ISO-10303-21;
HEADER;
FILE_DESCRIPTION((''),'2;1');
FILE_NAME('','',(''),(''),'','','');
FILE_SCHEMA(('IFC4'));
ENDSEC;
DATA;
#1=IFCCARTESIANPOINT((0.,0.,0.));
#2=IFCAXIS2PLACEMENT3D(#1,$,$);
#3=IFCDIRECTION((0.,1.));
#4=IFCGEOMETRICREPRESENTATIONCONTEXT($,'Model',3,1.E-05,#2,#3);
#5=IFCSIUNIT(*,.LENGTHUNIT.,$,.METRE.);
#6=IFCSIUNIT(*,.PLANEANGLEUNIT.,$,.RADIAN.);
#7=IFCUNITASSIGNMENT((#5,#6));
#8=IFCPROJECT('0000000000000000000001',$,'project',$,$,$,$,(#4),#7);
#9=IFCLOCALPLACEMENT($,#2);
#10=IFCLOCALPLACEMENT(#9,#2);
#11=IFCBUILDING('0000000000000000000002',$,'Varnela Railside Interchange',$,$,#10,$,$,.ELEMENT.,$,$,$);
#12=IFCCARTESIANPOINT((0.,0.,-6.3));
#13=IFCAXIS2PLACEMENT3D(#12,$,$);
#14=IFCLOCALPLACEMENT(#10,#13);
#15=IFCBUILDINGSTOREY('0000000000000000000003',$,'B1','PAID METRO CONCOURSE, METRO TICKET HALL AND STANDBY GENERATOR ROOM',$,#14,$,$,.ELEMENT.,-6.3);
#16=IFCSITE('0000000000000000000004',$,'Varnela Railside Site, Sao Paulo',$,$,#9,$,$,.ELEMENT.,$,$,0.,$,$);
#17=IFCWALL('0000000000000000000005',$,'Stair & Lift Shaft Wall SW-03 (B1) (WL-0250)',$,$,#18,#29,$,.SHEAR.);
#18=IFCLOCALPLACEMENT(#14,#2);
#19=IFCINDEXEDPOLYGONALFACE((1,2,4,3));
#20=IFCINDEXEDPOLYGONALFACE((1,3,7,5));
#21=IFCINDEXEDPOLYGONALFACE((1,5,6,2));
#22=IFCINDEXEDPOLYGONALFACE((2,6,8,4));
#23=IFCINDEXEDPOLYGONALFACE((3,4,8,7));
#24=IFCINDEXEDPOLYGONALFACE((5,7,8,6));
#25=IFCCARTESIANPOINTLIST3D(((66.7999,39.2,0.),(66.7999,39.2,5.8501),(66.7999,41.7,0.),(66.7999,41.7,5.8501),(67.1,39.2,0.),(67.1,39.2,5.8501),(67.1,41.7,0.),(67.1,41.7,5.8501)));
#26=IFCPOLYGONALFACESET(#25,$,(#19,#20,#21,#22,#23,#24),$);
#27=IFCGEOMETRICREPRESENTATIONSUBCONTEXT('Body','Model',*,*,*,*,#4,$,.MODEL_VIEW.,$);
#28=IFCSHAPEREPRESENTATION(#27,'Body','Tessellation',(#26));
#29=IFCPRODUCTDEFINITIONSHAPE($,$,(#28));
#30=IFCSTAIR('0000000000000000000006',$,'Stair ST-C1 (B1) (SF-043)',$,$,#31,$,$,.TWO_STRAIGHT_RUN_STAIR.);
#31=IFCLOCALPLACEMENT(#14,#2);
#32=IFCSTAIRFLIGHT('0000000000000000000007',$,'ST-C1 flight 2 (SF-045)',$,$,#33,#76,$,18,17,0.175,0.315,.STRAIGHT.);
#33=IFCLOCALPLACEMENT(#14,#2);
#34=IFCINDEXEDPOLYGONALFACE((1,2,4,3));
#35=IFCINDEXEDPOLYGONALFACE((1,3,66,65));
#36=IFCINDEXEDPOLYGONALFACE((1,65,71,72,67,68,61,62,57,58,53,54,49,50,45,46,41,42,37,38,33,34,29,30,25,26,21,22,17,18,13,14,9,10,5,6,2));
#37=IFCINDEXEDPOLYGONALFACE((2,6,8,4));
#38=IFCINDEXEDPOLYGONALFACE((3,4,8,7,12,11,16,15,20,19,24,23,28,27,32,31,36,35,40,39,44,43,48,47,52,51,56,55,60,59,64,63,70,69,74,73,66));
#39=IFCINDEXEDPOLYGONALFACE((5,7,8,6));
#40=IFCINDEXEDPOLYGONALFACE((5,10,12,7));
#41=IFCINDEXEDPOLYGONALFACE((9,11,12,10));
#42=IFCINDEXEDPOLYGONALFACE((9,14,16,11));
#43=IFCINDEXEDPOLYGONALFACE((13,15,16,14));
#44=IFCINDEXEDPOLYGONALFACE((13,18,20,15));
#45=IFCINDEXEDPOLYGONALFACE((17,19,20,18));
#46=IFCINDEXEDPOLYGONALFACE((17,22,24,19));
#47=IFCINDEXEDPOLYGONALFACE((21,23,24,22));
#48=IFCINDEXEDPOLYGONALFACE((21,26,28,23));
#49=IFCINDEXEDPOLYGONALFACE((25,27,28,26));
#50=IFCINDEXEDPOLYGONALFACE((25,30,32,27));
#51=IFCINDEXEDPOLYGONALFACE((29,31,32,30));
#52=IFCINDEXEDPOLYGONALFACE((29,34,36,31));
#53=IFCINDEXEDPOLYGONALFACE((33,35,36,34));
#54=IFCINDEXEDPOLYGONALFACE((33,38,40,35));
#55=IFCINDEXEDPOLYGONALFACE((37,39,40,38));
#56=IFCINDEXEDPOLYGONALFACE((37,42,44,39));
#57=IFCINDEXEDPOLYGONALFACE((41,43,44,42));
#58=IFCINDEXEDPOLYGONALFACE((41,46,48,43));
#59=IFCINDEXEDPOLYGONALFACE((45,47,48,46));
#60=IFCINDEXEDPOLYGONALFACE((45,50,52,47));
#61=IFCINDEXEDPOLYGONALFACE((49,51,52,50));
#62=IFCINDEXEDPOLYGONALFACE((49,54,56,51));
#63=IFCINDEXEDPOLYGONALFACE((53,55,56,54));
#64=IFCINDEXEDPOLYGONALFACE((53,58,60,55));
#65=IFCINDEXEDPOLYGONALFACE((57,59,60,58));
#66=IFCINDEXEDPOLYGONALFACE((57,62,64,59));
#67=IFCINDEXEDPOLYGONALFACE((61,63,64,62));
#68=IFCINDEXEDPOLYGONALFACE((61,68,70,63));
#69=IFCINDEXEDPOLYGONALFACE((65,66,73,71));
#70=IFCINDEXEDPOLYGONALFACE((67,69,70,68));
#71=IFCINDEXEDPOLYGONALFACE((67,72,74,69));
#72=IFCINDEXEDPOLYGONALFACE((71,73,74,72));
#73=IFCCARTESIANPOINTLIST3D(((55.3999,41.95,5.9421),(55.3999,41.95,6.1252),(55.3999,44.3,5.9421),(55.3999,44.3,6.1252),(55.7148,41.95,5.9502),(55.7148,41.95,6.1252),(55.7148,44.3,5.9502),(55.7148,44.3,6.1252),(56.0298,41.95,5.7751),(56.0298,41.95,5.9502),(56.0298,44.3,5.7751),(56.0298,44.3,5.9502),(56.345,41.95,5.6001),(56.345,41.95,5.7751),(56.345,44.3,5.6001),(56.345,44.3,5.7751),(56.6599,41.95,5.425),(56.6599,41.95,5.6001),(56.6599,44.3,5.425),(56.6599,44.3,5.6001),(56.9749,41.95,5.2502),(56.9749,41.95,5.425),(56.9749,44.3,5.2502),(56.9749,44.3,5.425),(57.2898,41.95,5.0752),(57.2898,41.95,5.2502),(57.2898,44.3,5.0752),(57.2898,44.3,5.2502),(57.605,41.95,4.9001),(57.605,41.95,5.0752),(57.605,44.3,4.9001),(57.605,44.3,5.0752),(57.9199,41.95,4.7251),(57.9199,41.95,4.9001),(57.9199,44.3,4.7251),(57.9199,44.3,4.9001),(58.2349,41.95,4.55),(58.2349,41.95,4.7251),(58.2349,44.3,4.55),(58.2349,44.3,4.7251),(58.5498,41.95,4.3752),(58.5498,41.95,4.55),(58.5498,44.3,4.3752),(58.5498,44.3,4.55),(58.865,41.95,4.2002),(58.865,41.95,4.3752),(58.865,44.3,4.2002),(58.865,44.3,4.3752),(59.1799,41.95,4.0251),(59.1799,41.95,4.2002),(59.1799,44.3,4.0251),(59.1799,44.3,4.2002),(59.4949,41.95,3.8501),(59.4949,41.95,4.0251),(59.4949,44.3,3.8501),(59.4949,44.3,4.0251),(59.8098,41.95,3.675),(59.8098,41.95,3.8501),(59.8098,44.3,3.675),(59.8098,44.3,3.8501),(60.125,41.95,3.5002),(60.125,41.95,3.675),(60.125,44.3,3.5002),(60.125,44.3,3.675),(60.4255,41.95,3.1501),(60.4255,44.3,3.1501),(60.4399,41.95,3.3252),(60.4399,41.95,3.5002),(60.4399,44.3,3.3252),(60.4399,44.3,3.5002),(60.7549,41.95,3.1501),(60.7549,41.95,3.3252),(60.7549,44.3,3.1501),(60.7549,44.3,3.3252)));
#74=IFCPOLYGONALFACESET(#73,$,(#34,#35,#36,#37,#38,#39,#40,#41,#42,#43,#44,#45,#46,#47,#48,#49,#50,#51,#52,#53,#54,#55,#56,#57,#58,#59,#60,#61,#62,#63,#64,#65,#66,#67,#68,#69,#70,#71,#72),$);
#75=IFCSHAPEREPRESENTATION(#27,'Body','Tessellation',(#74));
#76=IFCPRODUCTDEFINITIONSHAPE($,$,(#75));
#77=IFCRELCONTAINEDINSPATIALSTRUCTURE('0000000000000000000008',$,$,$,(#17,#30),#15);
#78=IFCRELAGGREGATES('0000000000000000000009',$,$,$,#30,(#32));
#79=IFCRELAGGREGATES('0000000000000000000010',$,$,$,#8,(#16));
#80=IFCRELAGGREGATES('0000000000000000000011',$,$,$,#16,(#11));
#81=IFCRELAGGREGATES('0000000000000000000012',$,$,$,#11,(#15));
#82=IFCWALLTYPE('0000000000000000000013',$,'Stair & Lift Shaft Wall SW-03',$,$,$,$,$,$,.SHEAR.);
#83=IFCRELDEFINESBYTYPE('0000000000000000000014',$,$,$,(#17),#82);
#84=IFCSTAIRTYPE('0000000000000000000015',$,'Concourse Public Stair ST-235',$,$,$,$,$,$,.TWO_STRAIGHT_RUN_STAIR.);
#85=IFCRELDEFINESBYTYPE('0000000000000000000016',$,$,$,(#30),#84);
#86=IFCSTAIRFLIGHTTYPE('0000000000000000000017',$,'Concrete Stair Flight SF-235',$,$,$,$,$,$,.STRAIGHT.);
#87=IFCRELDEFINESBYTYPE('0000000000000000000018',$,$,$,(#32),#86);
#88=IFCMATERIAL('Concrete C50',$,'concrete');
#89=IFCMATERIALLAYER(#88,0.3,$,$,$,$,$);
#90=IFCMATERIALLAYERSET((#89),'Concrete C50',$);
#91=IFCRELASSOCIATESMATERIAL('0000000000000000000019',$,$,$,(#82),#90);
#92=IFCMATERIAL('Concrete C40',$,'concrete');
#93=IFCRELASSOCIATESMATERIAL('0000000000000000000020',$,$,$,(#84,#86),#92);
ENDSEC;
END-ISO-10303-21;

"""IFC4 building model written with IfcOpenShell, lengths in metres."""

from ifc_helpers import new_model, si_unit, direction, frame, frame_2d, origin, place, context, subcontext, project, spatial, polyline, rectangle, outline, extrude, material, layer, layer_set, type_object, element, aggregate, save


model = new_model("IFC4")

# Units and contexts
model_context = context("Model", 3, precision=1e-05, world=origin(), true_north=direction((0.0, 1.0)))
body_context = subcontext(model_context, "Body", "Model", "MODEL_VIEW")
ifc_project = project(units=[si_unit("LENGTHUNIT", "METRE"), si_unit("PLANEANGLEUNIT", "RADIAN")], contexts=[model_context])

# Site, building, storey
site_placement = place(None, origin())
site = spatial("IfcSite", under=ifc_project, at=site_placement, Name="Varnela Railside Site, Sao Paulo", CompositionType="ELEMENT", RefElevation=0.0)
building_placement = place(site_placement, origin())
building = spatial("IfcBuilding", under=site, at=building_placement, Name="Varnela Railside Interchange", CompositionType="ELEMENT")
storey_placement = place(building_placement, frame((0.0, 0.0, -6.3)))
storey = spatial("IfcBuildingStorey", under=building, at=storey_placement, Name="B1", Description="PAID METRO CONCOURSE, METRO TICKET HALL AND STANDBY GENERATOR ROOM", CompositionType="ELEMENT", Elevation=-6.3)

# Shared definitions
ifc_material_1 = material(Name="Concrete C50", Category="concrete")

# Shared definitions
ifc_material_2 = material(Name="Concrete C40", Category="concrete")

# Shared definitions
ifc_layer = layer(ifc_material_1, 0.3)
ifc_layer_set = layer_set([ifc_layer], Name="Concrete C50")
wall_type = type_object("IfcWallType", Name="Stair & Lift Shaft Wall SW-03", PredefinedType="SHEAR", material=ifc_layer_set)

# Wall
for number, where, z_axis, x_axis, name in (
    (1, (66.95, 39.2, 0.0), (0.0, 0.0, 1.0), (0.0, 1.0, 0.0), "Stair & Lift Shaft Wall SW-03 (B1) (WL-0250)"),
):
    element("IfcWall", number, at=place(storey_placement, frame(where, z_axis=z_axis, x_axis=x_axis)), inside=storey, type_object=wall_type, Name=name, PredefinedType="SHEAR", context=body_context, shape_type="SweptSolid", body=[
        extrude(rectangle(XDim=2.5, YDim=0.3, at=frame_2d((1.25, 0.0))), origin(), (0.0, 0.0, 1.0), 5.8501),
    ])

# Stair, stair flight
stair_type = type_object("IfcStairType", Name="Concourse Public Stair ST-235", PredefinedType="TWO_STRAIGHT_RUN_STAIR", material=ifc_material_2)
stair_placement = place(storey_placement, origin())
stair = element("IfcStair", 2, at=stair_placement, inside=storey, type_object=stair_type, Name="Stair ST-C1 (B1) (SF-043)", PredefinedType="TWO_STRAIGHT_RUN_STAIR")
stair_flight_type = type_object("IfcStairFlightType", Name="Concrete Stair Flight SF-235", PredefinedType="STRAIGHT", material=ifc_material_2)
stair_flight_placement = place(storey_placement, frame((60.7549, 43.125, 3.1501), z_axis=(0.0, 0.0, 1.0), x_axis=(-1.0, 0.0, 0.0)))
stair_flight = element("IfcStairFlight", 3, at=stair_flight_placement, type_object=stair_flight_type, Name="ST-C1 flight 2 (SF-045)", NumberOfRisers=18, NumberOfTreads=17, PredefinedType="STRAIGHT", RiserHeight=0.175, TreadLength=0.315, context=body_context, shape_type="SweptSolid", body=[
    extrude(outline(polyline([(0.0, 0.0), (0.0, 0.175), (0.3149, 0.175), (0.3149, 0.3501), (0.6299, 0.3501), (0.6299, 0.5249), (0.9451, 0.5249), (0.9451, 0.7), (1.26, 0.7), (1.26, 0.875), (1.575, 0.875), (1.575, 1.05), (1.8899, 1.05), (1.8899, 1.2251), (2.2051, 1.2251), (2.2051, 1.3999), (2.52, 1.3999), (2.52, 1.575), (2.835, 1.575), (2.835, 1.75), (3.1499, 1.75), (3.1499, 1.925), (3.4651, 1.925), (3.4651, 2.1001), (3.78, 2.1001), (3.78, 2.2749), (4.095, 2.2749), (4.095, 2.45), (4.4099, 2.45), (4.4099, 2.625), (4.7251, 2.625), (4.7251, 2.8), (5.04, 2.8), (5.04, 2.9751), (5.355, 2.9751), (5.355, 3.1499), (5.355, 2.792), (0.3293, 0.0), (0.0, 0.0)])), frame((0.0, 1.175, 0.0), z_axis=(0.0, -1.0, 0.0), x_axis=(1.0, 0.0, 0.0)), (0.0, 0.0, 1.0), 2.3501),
])
aggregate(stair, [stair_flight])

save(model, "model.ifc")
